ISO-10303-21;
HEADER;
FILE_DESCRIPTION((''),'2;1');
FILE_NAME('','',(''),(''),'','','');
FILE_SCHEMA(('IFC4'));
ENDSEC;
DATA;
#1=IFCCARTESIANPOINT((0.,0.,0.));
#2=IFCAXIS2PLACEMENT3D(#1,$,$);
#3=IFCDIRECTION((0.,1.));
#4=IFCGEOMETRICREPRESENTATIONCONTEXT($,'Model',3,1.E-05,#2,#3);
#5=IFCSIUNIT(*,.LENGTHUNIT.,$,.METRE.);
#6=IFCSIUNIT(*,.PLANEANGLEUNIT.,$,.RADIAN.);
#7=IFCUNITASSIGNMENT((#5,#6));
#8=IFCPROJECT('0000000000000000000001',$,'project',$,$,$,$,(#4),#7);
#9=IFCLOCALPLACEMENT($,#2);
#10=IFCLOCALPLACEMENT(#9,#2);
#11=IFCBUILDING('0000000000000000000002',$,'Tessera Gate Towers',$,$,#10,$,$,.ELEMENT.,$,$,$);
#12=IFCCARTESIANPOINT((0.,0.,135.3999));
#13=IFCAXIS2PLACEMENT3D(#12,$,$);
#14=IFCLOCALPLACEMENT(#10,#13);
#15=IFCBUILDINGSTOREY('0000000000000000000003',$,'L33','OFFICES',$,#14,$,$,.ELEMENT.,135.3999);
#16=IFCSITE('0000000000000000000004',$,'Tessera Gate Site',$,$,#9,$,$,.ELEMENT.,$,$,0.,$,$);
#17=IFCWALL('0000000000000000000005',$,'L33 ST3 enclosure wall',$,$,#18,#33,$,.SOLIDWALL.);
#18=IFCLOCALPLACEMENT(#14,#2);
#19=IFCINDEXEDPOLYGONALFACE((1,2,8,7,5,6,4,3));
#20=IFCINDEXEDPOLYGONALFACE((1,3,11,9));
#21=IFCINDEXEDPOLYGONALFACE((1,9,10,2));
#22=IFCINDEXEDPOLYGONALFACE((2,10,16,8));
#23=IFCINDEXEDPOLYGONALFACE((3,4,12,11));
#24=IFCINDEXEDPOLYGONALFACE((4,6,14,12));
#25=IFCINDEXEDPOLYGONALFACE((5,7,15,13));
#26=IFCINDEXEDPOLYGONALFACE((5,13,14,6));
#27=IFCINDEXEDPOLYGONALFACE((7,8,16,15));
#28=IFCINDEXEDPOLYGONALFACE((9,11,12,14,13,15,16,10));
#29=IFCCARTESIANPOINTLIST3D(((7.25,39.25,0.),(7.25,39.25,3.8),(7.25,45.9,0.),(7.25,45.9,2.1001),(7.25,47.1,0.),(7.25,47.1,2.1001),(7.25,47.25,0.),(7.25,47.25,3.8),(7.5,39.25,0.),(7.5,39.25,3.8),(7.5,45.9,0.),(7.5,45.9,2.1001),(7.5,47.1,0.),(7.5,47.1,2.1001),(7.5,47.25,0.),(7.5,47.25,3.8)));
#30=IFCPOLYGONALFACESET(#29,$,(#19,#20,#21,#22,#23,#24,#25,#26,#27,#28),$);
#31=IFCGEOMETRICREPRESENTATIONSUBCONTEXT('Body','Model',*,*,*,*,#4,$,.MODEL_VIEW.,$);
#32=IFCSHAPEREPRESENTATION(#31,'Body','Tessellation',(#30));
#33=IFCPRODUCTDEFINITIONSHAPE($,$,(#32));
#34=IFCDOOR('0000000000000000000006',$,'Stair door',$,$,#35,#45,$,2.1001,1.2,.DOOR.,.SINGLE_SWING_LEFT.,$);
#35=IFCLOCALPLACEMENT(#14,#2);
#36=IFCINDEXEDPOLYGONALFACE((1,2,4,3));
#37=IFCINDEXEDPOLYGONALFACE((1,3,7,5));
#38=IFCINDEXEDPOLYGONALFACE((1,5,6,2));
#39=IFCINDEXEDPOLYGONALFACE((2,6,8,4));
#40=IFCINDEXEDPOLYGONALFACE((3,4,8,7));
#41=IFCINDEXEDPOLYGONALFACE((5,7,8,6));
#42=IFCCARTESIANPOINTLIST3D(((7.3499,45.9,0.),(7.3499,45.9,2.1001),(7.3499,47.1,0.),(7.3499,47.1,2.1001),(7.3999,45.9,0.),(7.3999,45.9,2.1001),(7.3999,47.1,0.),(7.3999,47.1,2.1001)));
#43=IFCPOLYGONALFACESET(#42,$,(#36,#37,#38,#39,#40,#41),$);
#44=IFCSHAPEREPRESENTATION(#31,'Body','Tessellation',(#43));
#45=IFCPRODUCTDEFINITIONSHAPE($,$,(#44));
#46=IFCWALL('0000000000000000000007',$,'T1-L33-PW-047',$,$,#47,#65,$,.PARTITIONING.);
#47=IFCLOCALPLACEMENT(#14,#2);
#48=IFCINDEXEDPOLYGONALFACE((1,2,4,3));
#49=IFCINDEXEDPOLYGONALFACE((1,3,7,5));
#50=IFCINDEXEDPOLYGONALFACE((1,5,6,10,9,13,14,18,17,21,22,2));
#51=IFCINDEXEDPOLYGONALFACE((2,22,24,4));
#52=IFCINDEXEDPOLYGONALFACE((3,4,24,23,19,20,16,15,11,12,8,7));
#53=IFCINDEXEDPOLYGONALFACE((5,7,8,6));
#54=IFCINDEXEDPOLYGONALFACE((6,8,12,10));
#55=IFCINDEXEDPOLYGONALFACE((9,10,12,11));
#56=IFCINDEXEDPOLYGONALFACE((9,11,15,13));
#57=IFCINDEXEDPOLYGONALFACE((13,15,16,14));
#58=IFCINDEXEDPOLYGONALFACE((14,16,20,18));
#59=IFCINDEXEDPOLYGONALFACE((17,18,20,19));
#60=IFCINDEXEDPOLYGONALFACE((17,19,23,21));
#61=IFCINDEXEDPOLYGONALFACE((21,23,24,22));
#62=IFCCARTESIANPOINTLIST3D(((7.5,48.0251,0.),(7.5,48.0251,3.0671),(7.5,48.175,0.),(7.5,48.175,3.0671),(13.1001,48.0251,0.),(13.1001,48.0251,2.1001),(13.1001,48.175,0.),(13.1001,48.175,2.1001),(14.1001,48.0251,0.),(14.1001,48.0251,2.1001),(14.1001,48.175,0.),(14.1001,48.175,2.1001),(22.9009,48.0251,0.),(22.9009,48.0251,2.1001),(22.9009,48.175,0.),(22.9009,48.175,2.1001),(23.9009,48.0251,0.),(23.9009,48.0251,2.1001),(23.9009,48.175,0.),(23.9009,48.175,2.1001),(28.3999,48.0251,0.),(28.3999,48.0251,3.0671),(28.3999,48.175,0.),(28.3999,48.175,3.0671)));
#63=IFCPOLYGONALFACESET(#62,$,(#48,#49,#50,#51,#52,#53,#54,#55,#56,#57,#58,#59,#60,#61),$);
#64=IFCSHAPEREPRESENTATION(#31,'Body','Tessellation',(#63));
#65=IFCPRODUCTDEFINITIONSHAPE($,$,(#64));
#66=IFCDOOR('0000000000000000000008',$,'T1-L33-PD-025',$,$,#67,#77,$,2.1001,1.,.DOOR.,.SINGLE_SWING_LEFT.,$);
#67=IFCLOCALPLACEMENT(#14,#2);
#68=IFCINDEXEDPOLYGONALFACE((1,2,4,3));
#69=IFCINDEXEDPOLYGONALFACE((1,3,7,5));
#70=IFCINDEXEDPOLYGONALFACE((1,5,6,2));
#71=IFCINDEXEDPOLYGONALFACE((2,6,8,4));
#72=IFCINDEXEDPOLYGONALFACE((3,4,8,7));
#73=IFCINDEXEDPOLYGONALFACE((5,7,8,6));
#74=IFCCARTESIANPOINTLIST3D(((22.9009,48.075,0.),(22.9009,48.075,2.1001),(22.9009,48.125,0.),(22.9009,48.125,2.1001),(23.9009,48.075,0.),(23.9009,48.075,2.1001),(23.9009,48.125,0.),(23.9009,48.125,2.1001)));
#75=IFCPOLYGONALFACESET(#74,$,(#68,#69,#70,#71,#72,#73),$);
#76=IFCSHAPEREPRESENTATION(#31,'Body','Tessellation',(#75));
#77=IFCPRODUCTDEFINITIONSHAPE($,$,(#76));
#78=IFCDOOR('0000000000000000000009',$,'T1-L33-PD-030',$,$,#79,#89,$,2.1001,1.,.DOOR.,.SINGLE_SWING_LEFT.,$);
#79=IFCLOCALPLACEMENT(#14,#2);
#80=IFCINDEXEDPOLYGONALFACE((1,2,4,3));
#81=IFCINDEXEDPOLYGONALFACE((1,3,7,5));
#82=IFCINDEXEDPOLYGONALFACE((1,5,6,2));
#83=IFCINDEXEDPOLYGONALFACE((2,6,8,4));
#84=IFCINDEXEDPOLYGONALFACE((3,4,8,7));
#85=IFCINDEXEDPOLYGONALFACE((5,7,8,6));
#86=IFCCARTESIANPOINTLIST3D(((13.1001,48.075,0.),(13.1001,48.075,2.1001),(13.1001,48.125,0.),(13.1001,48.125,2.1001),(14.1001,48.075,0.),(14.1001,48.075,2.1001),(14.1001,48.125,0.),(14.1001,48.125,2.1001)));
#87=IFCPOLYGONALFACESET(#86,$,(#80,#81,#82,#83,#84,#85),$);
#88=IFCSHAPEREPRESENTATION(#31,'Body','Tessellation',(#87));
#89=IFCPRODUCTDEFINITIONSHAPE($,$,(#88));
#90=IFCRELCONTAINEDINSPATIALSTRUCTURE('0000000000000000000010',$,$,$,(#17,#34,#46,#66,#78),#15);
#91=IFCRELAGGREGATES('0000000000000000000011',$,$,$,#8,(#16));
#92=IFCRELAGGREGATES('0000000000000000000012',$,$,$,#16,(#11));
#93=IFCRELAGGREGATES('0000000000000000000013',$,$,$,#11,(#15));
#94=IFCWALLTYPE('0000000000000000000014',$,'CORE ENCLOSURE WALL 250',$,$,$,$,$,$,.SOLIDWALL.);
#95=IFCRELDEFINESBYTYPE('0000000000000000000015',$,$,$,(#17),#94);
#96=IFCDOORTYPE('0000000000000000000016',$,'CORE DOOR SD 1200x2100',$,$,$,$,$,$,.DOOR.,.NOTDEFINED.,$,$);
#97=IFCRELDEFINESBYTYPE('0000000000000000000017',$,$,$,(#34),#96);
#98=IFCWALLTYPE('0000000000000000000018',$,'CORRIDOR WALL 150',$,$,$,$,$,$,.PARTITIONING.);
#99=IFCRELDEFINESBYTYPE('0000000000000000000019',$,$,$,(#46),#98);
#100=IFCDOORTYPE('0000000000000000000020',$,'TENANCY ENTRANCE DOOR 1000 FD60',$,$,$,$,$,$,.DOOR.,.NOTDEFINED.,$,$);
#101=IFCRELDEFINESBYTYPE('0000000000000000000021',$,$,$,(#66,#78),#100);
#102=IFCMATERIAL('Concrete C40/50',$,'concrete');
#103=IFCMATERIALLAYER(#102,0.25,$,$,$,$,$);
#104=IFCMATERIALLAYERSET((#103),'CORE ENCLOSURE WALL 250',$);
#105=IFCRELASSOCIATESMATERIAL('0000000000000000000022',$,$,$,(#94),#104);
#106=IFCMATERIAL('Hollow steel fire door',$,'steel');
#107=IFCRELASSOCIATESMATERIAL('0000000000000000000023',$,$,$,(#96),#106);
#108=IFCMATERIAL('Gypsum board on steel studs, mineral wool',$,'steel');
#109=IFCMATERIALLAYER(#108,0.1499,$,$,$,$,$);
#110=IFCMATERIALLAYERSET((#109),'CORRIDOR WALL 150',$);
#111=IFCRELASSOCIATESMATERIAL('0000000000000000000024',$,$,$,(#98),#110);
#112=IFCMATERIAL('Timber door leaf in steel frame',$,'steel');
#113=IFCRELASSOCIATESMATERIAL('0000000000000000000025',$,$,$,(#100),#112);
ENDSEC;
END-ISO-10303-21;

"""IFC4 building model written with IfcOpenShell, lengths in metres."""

from ifc_helpers import new_model, si_unit, direction, frame, frame_2d, origin, place, context, subcontext, project, spatial, rectangle, extrude, source, transform, mapped, material, layer, layer_set, type_object, element, fill, save


model = new_model("IFC4")

# Units and contexts
model_context = context("Model", 3, precision=1e-05, world=origin(), true_north=direction((0.0, 1.0)))
body_context = subcontext(model_context, "Body", "Model", "MODEL_VIEW")
ifc_project = project(units=[si_unit("LENGTHUNIT", "METRE"), si_unit("PLANEANGLEUNIT", "RADIAN")], contexts=[model_context])

# Site, building, storey
site_placement = place(None, origin())
site = spatial("IfcSite", under=ifc_project, at=site_placement, Name="Tessera Gate Site", CompositionType="ELEMENT", RefElevation=0.0)
building_placement = place(site_placement, origin())
building = spatial("IfcBuilding", under=site, at=building_placement, Name="Tessera Gate Towers", CompositionType="ELEMENT")
storey_placement = place(building_placement, frame((0.0, 0.0, 135.3999)))
storey = spatial("IfcBuildingStorey", under=building, at=storey_placement, Name="L33", Description="OFFICES", CompositionType="ELEMENT", Elevation=135.3999)

# Shared definitions
ifc_material_1 = material(Name="Concrete C40/50", Category="concrete")
ifc_layer_1 = layer(ifc_material_1, 0.25)
ifc_layer_set_1 = layer_set([ifc_layer_1], Name="CORE ENCLOSURE WALL 250")
wall_type_1 = type_object("IfcWallType", Name="CORE ENCLOSURE WALL 250", PredefinedType="SOLIDWALL", material=ifc_layer_set_1)

# Wall, opening, door
wall_1_placement = place(storey_placement, frame((7.375, 47.25, 0.0), z_axis=(0.0, 0.0, 1.0), x_axis=(0.0, -1.0, 0.0)))
wall_1 = element("IfcWall", 1, at=wall_1_placement, inside=storey, type_object=wall_type_1, Name="L33 ST3 enclosure wall", PredefinedType="SOLIDWALL", context=body_context, shape_type="SweptSolid", body=[
    extrude(rectangle(XDim=8.0, YDim=0.25, at=frame_2d((4.0, 0.0))), origin(), (0.0, 0.0, 1.0), 3.8),
])
shared_shape_1 = source(origin(), body_context, "Body", "SweptSolid", [
    extrude(rectangle(XDim=1.2, YDim=2.1001, at=frame_2d((0.6001, 1.05))), frame((0.0, 0.135, 0.0), z_axis=(0.0, -1.0, 0.0), x_axis=(1.0, 0.0, 0.0)), (0.0, 0.0, 1.0), 0.27),
])
opening_1_placement = place(wall_1_placement, frame((0.1499, 0.0, 0.0)))
opening_1 = element("IfcOpeningElement", 2, at=opening_1_placement, cuts=wall_1, PredefinedType="OPENING", context=body_context, shape_type="MappedRepresentation", body=[
    mapped(shared_shape_1, transform((0.0, 0.0, 0.0), scale=1.0)),
])
ifc_material_2 = material(Name="Hollow steel fire door", Category="steel")
door_type_1 = type_object("IfcDoorType", Name="CORE DOOR SD 1200x2100", OperationType="NOTDEFINED", PredefinedType="DOOR", material=ifc_material_2)
shared_shape_2 = source(origin(), body_context, "Body", "SweptSolid", [
    extrude(rectangle(XDim=1.2, YDim=2.1001, at=frame_2d((0.6001, 1.05))), frame((0.0, 0.0249, 0.0), z_axis=(0.0, -1.0, 0.0), x_axis=(1.0, 0.0, 0.0)), (0.0, 0.0, 1.0), 0.05),
])
door_1_placement = place(opening_1_placement, origin())
door_1 = element("IfcDoor", 3, at=door_1_placement, inside=storey, type_object=door_type_1, Name="Stair door", OperationType="SINGLE_SWING_LEFT", OverallHeight=2.1001, OverallWidth=1.2, PredefinedType="DOOR", context=body_context, shape_type="MappedRepresentation", body=[
    mapped(shared_shape_2, transform((0.0, 0.0, 0.0), scale=1.0)),
])
fill(opening_1, door_1)

# Wall, openings, doors
ifc_material_3 = material(Name="Gypsum board on steel studs, mineral wool", Category="steel")
ifc_layer_2 = layer(ifc_material_3, 0.1499)
ifc_layer_set_2 = layer_set([ifc_layer_2], Name="CORRIDOR WALL 150")
wall_type_2 = type_object("IfcWallType", Name="CORRIDOR WALL 150", PredefinedType="PARTITIONING", material=ifc_layer_set_2)
wall_2_placement = place(storey_placement, frame((7.5, 48.1001, 0.0), z_axis=(0.0, 0.0, 1.0), x_axis=(1.0, 0.0, 0.0)))
wall_2 = element("IfcWall", 4, at=wall_2_placement, inside=storey, type_object=wall_type_2, Name="T1-L33-PW-047", PredefinedType="PARTITIONING", context=body_context, shape_type="SweptSolid", body=[
    extrude(rectangle(XDim=20.8999, YDim=0.1499, at=frame_2d((10.45, 0.0))), origin(), (0.0, 0.0, 1.0), 3.0671),
])
shared_shape_3 = source(origin(), body_context, "Body", "SweptSolid", [
    extrude(rectangle(XDim=1.0, YDim=2.1001, at=frame_2d((0.5, 1.05))), frame((0.0, 0.085, 0.0), z_axis=(0.0, -1.0, 0.0), x_axis=(1.0, 0.0, 0.0)), (0.0, 0.0, 1.0), 0.1699),
])
opening_2_placement = place(wall_2_placement, frame((15.4009, 0.0, 0.0)))
opening_2 = element("IfcOpeningElement", 5, at=opening_2_placement, cuts=wall_2, PredefinedType="OPENING", context=body_context, shape_type="MappedRepresentation", body=[
    mapped(shared_shape_3, transform((0.0, 0.0, 0.0), scale=1.0)),
])
opening_3_placement = place(wall_2_placement, frame((5.6001, 0.0, 0.0)))
opening_3 = element("IfcOpeningElement", 6, at=opening_3_placement, cuts=wall_2, PredefinedType="OPENING", context=body_context, shape_type="MappedRepresentation", body=[
    mapped(shared_shape_3, transform((0.0, 0.0, 0.0), scale=1.0)),
])
ifc_material_4 = material(Name="Timber door leaf in steel frame", Category="steel")
door_type_2 = type_object("IfcDoorType", Name="TENANCY ENTRANCE DOOR 1000 FD60", OperationType="NOTDEFINED", PredefinedType="DOOR", material=ifc_material_4)
shared_shape_4 = source(origin(), body_context, "Body", "SweptSolid", [
    extrude(rectangle(XDim=1.0, YDim=2.1001, at=frame_2d((0.5, 1.05))), frame((0.0, 0.0249, 0.0), z_axis=(0.0, -1.0, 0.0), x_axis=(1.0, 0.0, 0.0)), (0.0, 0.0, 1.0), 0.05),
])
door_2_placement = place(opening_2_placement, origin())
door_2 = element("IfcDoor", 7, at=door_2_placement, inside=storey, type_object=door_type_2, Name="T1-L33-PD-025", OperationType="SINGLE_SWING_LEFT", OverallHeight=2.1001, OverallWidth=1.0, PredefinedType="DOOR", context=body_context, shape_type="MappedRepresentation", body=[
    mapped(shared_shape_4, transform((0.0, 0.0, 0.0), scale=1.0)),
])
fill(opening_2, door_2)
door_3_placement = place(opening_3_placement, origin())
door_3 = element("IfcDoor", 8, at=door_3_placement, inside=storey, type_object=door_type_2, Name="T1-L33-PD-030", OperationType="SINGLE_SWING_LEFT", OverallHeight=2.1001, OverallWidth=1.0, PredefinedType="DOOR", context=body_context, shape_type="MappedRepresentation", body=[
    mapped(shared_shape_4, transform((0.0, 0.0, 0.0), scale=1.0)),
])
fill(opening_3, door_3)

save(model, "model.ifc")
